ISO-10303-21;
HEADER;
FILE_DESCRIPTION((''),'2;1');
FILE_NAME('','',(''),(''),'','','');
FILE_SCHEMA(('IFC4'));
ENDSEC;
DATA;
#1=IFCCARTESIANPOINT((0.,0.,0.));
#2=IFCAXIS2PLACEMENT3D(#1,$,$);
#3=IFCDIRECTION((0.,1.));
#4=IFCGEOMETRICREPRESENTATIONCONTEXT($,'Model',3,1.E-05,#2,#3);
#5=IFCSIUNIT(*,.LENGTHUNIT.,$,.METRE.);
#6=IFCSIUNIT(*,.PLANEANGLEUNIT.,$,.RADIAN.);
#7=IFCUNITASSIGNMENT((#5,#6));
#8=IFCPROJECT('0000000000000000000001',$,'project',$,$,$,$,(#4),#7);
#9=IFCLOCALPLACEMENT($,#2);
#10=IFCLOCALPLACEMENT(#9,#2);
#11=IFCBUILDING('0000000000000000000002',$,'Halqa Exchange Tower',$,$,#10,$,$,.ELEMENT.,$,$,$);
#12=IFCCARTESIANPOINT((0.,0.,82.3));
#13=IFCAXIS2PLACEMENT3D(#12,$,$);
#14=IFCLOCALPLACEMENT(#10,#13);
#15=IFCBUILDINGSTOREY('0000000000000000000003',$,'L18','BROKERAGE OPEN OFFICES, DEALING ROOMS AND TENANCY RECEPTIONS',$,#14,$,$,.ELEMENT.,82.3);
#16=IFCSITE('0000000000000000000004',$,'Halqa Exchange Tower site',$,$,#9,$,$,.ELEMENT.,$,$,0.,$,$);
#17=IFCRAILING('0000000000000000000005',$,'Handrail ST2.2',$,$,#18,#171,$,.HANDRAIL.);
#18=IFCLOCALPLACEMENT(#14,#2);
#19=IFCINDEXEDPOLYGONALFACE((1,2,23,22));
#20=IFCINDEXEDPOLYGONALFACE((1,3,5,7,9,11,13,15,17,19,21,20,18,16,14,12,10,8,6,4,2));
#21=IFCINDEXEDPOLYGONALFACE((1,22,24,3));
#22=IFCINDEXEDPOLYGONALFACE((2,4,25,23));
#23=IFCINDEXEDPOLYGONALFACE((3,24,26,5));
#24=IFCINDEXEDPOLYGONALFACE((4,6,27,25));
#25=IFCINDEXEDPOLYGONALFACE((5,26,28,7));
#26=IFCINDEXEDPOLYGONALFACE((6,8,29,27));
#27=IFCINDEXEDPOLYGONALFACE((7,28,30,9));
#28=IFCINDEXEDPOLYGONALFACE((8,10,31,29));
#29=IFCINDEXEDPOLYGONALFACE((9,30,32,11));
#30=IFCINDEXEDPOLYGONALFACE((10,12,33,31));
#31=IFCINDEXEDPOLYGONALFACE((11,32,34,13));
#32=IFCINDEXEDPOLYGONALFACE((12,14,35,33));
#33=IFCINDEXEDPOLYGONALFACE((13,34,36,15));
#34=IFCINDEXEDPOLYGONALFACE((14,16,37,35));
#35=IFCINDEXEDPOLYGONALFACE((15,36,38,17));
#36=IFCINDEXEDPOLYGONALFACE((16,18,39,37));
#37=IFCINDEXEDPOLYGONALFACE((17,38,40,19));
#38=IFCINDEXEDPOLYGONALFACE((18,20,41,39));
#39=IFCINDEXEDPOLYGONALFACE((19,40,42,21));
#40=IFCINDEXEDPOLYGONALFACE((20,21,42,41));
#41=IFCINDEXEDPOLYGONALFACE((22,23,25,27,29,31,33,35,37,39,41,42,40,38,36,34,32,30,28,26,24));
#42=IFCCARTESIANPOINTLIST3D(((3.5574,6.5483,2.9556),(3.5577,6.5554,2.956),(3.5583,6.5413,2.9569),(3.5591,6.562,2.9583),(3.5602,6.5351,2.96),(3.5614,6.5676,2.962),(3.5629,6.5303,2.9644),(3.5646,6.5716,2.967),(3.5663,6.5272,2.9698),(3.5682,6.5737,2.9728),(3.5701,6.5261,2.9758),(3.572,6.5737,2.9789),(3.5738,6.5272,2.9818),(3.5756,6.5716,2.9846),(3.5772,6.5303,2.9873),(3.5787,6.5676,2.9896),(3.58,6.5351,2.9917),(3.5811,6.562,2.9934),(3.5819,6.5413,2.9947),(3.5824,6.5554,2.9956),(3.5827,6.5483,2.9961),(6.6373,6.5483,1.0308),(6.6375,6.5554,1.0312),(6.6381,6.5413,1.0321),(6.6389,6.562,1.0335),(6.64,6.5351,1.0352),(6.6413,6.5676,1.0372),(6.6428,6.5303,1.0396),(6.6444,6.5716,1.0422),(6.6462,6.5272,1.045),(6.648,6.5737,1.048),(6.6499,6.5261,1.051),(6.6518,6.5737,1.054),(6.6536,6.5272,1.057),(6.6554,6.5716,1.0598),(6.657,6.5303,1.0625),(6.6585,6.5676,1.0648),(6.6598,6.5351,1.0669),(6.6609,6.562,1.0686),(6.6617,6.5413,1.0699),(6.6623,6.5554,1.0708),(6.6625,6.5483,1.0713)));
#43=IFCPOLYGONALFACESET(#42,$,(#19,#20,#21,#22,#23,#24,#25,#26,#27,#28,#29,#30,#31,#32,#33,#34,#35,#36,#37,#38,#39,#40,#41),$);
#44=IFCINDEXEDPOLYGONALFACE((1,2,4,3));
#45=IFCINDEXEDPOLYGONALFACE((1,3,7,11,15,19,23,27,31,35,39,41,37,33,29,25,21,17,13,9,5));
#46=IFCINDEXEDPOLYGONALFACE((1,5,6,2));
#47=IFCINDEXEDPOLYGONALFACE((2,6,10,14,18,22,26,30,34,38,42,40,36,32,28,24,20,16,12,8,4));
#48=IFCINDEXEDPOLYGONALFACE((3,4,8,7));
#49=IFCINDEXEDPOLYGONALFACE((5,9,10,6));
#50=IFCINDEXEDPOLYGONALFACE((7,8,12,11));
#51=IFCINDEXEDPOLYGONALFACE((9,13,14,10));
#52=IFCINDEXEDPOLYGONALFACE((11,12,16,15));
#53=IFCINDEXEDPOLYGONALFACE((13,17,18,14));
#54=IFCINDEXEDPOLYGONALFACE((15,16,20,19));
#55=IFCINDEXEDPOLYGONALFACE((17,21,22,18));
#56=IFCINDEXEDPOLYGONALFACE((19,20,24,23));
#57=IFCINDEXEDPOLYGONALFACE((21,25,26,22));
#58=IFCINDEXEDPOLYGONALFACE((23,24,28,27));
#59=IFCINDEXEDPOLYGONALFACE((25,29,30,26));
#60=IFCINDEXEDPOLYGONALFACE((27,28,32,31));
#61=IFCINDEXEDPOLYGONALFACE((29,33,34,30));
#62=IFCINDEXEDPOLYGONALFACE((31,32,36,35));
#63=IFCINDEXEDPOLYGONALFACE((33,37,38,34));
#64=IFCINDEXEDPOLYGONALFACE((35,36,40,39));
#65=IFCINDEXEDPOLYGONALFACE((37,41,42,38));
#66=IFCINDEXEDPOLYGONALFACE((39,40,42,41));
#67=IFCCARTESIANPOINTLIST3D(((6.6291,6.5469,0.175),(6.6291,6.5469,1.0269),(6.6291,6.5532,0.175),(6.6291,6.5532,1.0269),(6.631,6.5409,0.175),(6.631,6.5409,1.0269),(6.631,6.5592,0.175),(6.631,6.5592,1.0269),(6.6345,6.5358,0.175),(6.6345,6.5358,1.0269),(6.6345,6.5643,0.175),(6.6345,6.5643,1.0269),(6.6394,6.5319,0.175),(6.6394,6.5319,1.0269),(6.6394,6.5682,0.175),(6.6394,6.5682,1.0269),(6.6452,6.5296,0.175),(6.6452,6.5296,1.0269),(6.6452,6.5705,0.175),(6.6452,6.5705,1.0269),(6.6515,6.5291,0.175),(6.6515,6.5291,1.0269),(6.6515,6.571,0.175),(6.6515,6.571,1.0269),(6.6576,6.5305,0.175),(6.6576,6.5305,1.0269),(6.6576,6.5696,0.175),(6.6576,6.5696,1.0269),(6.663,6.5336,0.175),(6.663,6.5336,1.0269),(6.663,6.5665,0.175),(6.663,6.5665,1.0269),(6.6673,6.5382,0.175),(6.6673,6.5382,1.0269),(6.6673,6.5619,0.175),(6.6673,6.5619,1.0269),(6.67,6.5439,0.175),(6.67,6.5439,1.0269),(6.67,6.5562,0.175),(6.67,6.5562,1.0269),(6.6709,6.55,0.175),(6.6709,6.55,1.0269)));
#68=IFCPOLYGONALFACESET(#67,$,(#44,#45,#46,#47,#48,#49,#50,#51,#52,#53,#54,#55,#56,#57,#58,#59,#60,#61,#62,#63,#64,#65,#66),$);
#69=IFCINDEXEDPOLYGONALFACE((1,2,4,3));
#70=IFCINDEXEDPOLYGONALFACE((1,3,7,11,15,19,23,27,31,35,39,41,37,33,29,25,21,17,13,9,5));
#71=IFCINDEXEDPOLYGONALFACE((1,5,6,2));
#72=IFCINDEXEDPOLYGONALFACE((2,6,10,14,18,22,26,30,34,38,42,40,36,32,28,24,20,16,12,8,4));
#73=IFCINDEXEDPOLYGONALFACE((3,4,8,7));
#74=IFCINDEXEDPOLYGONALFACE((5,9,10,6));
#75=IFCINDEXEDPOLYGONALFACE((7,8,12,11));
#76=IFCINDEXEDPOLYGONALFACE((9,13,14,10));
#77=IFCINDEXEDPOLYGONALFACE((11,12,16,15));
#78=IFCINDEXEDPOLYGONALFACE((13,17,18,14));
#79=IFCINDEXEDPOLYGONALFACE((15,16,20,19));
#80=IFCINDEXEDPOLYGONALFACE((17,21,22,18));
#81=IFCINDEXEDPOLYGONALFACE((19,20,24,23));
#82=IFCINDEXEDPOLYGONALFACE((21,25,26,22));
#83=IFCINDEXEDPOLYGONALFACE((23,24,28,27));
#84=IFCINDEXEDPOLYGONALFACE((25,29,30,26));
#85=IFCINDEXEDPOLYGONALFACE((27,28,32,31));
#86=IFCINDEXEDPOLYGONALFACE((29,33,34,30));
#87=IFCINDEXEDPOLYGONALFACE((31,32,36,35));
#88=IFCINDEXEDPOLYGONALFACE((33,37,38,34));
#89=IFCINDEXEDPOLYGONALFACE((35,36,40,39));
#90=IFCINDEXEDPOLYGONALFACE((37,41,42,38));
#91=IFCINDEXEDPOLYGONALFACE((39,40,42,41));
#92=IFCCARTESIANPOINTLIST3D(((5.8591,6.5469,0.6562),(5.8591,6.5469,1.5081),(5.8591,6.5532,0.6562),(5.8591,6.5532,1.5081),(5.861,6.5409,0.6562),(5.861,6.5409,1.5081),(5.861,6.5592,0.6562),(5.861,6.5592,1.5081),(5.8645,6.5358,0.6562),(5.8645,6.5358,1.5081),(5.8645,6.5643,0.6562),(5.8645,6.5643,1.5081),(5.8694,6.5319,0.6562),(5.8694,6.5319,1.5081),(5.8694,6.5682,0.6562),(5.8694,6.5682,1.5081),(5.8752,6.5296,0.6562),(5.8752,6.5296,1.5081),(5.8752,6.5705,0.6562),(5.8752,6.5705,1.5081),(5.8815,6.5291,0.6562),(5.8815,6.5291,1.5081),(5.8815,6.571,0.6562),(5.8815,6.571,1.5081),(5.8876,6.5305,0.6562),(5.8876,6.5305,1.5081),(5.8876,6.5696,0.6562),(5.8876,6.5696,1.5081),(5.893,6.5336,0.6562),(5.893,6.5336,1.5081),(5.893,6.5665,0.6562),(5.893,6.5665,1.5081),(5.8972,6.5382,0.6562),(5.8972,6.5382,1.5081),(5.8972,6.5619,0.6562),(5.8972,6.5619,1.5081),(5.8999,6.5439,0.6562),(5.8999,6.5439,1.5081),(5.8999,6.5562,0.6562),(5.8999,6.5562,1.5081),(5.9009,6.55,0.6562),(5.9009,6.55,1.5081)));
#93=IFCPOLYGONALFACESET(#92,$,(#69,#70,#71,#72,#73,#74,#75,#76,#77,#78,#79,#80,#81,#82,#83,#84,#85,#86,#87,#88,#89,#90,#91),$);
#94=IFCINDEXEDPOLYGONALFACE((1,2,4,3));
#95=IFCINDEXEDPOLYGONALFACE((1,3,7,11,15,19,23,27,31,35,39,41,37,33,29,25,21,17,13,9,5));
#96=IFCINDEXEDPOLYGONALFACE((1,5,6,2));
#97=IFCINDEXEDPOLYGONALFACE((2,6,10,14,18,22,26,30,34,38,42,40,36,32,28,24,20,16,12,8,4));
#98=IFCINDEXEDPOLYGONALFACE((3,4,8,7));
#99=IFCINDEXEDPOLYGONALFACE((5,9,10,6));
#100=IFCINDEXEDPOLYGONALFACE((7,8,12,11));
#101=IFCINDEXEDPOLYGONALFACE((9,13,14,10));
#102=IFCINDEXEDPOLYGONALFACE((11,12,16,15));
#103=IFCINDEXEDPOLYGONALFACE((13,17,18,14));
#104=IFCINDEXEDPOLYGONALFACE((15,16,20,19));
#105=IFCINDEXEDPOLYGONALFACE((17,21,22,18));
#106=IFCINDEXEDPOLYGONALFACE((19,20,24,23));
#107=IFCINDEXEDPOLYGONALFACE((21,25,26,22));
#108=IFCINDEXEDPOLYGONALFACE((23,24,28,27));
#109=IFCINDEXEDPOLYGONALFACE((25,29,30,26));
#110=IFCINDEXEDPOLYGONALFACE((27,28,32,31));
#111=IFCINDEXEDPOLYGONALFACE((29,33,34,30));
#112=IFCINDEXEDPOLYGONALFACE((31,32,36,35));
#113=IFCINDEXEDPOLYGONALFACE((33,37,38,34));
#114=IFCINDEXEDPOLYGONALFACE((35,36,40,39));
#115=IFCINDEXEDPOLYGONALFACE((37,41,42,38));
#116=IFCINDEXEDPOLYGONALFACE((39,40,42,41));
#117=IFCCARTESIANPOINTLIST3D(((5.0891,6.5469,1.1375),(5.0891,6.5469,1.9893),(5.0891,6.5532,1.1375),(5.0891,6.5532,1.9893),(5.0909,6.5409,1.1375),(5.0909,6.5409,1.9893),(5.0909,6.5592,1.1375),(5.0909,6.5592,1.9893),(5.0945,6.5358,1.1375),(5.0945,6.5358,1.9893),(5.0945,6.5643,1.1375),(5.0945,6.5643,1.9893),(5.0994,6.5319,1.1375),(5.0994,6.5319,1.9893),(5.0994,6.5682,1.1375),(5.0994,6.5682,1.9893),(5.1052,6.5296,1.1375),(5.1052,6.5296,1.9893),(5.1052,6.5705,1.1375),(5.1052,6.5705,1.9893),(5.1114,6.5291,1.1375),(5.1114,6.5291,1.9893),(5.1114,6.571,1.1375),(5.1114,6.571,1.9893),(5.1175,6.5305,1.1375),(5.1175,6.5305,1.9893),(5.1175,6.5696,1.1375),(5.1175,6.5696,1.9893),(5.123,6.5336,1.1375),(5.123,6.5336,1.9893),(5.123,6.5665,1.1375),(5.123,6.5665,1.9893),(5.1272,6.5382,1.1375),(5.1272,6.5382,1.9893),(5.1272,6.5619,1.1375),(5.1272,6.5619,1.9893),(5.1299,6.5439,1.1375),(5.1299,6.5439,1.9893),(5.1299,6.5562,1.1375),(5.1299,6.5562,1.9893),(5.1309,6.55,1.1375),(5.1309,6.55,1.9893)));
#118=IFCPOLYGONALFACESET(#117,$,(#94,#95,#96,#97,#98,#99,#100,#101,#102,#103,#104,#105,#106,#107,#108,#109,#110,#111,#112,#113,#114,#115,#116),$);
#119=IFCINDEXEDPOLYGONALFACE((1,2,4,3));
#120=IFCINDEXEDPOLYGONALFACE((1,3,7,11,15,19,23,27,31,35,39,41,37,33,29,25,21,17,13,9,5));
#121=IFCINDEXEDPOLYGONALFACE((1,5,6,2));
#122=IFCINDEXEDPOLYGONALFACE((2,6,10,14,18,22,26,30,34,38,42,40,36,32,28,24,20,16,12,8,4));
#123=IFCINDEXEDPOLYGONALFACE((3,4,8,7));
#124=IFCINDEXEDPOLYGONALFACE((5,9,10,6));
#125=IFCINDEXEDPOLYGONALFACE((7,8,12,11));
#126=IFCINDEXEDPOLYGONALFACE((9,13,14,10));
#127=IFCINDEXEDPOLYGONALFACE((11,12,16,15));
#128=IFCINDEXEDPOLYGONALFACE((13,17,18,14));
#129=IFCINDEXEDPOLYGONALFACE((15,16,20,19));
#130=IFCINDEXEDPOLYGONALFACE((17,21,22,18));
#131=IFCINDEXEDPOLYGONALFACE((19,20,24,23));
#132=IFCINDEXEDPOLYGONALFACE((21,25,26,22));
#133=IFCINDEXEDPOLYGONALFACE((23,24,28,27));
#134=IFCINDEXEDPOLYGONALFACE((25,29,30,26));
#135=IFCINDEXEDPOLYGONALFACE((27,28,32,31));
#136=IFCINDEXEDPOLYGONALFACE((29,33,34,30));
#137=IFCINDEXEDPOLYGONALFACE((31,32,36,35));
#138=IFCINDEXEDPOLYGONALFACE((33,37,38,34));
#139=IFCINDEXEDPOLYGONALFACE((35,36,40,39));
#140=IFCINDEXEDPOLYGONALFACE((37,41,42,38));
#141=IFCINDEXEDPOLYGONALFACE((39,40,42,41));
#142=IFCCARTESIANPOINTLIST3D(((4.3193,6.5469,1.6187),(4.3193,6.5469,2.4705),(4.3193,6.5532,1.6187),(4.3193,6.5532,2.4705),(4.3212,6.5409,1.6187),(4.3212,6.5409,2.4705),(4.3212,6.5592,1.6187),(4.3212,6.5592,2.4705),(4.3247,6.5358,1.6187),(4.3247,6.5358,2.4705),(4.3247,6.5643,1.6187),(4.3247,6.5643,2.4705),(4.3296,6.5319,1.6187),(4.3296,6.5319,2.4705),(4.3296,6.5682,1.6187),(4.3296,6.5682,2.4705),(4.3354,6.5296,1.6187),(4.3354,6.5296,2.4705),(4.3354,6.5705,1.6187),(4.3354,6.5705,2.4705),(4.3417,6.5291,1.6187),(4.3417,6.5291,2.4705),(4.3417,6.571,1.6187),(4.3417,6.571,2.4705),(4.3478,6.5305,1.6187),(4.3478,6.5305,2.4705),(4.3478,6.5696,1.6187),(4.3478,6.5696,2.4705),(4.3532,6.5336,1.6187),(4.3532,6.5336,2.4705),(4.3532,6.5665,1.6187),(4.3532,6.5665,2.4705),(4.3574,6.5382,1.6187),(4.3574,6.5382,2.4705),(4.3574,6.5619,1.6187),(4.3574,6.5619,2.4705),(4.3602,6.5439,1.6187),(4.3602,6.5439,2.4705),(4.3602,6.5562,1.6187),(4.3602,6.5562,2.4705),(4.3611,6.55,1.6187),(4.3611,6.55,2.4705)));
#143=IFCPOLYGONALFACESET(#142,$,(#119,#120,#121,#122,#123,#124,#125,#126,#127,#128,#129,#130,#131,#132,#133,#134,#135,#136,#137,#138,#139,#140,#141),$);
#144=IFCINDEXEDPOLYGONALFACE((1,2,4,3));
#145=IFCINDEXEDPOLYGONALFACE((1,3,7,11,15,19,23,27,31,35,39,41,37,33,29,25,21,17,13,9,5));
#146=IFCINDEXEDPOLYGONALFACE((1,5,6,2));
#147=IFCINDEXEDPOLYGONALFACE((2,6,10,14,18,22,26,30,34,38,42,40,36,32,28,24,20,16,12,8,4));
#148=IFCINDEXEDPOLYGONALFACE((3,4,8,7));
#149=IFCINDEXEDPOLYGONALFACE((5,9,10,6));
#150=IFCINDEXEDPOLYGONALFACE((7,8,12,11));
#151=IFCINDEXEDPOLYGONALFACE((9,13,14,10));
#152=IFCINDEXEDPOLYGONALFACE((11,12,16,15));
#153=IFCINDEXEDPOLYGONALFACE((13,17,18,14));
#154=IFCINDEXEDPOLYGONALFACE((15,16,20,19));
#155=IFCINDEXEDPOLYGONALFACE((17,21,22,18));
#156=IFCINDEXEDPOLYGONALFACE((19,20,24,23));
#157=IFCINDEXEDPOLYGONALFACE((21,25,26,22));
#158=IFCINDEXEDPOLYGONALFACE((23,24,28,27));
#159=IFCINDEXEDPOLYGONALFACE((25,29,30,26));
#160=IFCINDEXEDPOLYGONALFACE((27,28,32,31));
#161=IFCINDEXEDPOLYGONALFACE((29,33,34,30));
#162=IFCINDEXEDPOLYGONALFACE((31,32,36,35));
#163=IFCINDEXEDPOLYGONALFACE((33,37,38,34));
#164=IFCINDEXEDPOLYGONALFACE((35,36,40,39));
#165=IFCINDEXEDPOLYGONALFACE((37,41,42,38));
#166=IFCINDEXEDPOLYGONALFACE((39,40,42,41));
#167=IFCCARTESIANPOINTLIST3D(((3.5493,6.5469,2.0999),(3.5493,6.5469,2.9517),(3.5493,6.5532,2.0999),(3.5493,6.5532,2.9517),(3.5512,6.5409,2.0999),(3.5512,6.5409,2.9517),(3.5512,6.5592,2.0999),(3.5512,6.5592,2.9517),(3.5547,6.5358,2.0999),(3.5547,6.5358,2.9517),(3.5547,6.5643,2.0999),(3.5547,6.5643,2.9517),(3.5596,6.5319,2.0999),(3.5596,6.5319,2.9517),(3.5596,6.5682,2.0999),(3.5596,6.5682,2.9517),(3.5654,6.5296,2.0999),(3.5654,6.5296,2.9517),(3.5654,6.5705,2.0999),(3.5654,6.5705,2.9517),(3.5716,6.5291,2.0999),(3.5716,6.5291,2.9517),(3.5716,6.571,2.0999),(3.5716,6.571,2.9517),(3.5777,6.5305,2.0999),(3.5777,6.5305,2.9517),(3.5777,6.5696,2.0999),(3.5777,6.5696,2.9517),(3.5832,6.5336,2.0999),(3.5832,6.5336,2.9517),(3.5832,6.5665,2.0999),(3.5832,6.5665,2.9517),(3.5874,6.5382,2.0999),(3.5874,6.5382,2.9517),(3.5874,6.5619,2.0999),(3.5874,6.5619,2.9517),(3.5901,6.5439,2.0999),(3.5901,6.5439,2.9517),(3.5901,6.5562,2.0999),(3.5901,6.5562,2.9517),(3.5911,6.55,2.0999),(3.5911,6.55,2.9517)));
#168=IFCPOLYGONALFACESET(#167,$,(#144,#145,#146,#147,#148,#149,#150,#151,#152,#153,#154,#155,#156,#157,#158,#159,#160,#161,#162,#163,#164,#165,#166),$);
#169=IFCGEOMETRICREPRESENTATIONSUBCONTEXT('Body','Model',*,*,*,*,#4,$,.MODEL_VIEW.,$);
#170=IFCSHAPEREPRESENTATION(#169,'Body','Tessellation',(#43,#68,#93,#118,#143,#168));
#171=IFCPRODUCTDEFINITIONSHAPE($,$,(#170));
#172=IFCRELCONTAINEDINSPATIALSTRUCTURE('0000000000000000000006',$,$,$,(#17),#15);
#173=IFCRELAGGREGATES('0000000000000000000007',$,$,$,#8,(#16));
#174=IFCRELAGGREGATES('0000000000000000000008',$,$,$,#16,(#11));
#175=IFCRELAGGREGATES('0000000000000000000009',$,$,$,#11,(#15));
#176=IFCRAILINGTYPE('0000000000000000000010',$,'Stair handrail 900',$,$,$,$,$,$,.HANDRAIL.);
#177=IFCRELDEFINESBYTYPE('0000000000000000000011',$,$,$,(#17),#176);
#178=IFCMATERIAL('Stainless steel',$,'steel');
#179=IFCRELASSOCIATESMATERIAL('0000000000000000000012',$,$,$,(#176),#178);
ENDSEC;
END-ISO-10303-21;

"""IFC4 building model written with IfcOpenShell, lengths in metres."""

from ifc_helpers import new_model, si_unit, direction, frame, origin, origin_2d, place, context, subcontext, project, spatial, circle, extrude, material, type_object, element, save


model = new_model("IFC4")

# Units and contexts
model_context = context("Model", 3, precision=1e-05, world=origin(), true_north=direction((0.0, 1.0)))
body_context = subcontext(model_context, "Body", "Model", "MODEL_VIEW")
ifc_project = project(units=[si_unit("LENGTHUNIT", "METRE"), si_unit("PLANEANGLEUNIT", "RADIAN")], contexts=[model_context])

# Site, building, storey
site_placement = place(None, origin())
site = spatial("IfcSite", under=ifc_project, at=site_placement, Name="Halqa Exchange Tower site", CompositionType="ELEMENT", RefElevation=0.0)
building_placement = place(site_placement, origin())
building = spatial("IfcBuilding", under=site, at=building_placement, Name="Halqa Exchange Tower", CompositionType="ELEMENT")
storey_placement = place(building_placement, frame((0.0, 0.0, 82.3)))
storey = spatial("IfcBuildingStorey", under=building, at=storey_placement, Name="L18", Description="BROKERAGE OPEN OFFICES, DEALING ROOMS AND TENANCY RECEPTIONS", CompositionType="ELEMENT", Elevation=82.3)

# Railing
ifc_material_1 = material(Name="Stainless steel", Category="steel")
railing_type_1 = type_object("IfcRailingType", Name="Stair handrail 900", PredefinedType="HANDRAIL", material=ifc_material_1)
railing_1_placement = place(storey_placement, frame((6.6499, 6.55, 0.175)))
element("IfcRailing", 1, at=railing_1_placement, inside=storey, type_object=railing_type_1, Name="Handrail ST2.2", PredefinedType="HANDRAIL", context=body_context, shape_type="SweptSolid", body=[
    extrude(circle(Radius=0.0239, at=origin_2d()), frame((0.0, 0.0, 0.876), z_axis=(-0.84801, 0.0, 0.529981), x_axis=(0.0, -1.0, 0.0)), (0.0, 0.0, 1.0), 3.6318),
    extrude(circle(Radius=0.021, at=origin_2d()), origin(), (0.0, 0.0, 1.0), 0.8518),
    extrude(circle(Radius=0.021, at=origin_2d()), frame((-0.77, 0.0, 0.4812)), (0.0, 0.0, 1.0), 0.8518),
    extrude(circle(Radius=0.021, at=origin_2d()), frame((-1.54, 0.0, 0.9624)), (0.0, 0.0, 1.0), 0.8518),
    extrude(circle(Radius=0.021, at=origin_2d()), frame((-2.3098, 0.0, 1.4436)), (0.0, 0.0, 1.0), 0.8518),
    extrude(circle(Radius=0.021, at=origin_2d()), frame((-3.0798, 0.0, 1.9248)), (0.0, 0.0, 1.0), 0.8518),
])

save(model, "model.ifc")
